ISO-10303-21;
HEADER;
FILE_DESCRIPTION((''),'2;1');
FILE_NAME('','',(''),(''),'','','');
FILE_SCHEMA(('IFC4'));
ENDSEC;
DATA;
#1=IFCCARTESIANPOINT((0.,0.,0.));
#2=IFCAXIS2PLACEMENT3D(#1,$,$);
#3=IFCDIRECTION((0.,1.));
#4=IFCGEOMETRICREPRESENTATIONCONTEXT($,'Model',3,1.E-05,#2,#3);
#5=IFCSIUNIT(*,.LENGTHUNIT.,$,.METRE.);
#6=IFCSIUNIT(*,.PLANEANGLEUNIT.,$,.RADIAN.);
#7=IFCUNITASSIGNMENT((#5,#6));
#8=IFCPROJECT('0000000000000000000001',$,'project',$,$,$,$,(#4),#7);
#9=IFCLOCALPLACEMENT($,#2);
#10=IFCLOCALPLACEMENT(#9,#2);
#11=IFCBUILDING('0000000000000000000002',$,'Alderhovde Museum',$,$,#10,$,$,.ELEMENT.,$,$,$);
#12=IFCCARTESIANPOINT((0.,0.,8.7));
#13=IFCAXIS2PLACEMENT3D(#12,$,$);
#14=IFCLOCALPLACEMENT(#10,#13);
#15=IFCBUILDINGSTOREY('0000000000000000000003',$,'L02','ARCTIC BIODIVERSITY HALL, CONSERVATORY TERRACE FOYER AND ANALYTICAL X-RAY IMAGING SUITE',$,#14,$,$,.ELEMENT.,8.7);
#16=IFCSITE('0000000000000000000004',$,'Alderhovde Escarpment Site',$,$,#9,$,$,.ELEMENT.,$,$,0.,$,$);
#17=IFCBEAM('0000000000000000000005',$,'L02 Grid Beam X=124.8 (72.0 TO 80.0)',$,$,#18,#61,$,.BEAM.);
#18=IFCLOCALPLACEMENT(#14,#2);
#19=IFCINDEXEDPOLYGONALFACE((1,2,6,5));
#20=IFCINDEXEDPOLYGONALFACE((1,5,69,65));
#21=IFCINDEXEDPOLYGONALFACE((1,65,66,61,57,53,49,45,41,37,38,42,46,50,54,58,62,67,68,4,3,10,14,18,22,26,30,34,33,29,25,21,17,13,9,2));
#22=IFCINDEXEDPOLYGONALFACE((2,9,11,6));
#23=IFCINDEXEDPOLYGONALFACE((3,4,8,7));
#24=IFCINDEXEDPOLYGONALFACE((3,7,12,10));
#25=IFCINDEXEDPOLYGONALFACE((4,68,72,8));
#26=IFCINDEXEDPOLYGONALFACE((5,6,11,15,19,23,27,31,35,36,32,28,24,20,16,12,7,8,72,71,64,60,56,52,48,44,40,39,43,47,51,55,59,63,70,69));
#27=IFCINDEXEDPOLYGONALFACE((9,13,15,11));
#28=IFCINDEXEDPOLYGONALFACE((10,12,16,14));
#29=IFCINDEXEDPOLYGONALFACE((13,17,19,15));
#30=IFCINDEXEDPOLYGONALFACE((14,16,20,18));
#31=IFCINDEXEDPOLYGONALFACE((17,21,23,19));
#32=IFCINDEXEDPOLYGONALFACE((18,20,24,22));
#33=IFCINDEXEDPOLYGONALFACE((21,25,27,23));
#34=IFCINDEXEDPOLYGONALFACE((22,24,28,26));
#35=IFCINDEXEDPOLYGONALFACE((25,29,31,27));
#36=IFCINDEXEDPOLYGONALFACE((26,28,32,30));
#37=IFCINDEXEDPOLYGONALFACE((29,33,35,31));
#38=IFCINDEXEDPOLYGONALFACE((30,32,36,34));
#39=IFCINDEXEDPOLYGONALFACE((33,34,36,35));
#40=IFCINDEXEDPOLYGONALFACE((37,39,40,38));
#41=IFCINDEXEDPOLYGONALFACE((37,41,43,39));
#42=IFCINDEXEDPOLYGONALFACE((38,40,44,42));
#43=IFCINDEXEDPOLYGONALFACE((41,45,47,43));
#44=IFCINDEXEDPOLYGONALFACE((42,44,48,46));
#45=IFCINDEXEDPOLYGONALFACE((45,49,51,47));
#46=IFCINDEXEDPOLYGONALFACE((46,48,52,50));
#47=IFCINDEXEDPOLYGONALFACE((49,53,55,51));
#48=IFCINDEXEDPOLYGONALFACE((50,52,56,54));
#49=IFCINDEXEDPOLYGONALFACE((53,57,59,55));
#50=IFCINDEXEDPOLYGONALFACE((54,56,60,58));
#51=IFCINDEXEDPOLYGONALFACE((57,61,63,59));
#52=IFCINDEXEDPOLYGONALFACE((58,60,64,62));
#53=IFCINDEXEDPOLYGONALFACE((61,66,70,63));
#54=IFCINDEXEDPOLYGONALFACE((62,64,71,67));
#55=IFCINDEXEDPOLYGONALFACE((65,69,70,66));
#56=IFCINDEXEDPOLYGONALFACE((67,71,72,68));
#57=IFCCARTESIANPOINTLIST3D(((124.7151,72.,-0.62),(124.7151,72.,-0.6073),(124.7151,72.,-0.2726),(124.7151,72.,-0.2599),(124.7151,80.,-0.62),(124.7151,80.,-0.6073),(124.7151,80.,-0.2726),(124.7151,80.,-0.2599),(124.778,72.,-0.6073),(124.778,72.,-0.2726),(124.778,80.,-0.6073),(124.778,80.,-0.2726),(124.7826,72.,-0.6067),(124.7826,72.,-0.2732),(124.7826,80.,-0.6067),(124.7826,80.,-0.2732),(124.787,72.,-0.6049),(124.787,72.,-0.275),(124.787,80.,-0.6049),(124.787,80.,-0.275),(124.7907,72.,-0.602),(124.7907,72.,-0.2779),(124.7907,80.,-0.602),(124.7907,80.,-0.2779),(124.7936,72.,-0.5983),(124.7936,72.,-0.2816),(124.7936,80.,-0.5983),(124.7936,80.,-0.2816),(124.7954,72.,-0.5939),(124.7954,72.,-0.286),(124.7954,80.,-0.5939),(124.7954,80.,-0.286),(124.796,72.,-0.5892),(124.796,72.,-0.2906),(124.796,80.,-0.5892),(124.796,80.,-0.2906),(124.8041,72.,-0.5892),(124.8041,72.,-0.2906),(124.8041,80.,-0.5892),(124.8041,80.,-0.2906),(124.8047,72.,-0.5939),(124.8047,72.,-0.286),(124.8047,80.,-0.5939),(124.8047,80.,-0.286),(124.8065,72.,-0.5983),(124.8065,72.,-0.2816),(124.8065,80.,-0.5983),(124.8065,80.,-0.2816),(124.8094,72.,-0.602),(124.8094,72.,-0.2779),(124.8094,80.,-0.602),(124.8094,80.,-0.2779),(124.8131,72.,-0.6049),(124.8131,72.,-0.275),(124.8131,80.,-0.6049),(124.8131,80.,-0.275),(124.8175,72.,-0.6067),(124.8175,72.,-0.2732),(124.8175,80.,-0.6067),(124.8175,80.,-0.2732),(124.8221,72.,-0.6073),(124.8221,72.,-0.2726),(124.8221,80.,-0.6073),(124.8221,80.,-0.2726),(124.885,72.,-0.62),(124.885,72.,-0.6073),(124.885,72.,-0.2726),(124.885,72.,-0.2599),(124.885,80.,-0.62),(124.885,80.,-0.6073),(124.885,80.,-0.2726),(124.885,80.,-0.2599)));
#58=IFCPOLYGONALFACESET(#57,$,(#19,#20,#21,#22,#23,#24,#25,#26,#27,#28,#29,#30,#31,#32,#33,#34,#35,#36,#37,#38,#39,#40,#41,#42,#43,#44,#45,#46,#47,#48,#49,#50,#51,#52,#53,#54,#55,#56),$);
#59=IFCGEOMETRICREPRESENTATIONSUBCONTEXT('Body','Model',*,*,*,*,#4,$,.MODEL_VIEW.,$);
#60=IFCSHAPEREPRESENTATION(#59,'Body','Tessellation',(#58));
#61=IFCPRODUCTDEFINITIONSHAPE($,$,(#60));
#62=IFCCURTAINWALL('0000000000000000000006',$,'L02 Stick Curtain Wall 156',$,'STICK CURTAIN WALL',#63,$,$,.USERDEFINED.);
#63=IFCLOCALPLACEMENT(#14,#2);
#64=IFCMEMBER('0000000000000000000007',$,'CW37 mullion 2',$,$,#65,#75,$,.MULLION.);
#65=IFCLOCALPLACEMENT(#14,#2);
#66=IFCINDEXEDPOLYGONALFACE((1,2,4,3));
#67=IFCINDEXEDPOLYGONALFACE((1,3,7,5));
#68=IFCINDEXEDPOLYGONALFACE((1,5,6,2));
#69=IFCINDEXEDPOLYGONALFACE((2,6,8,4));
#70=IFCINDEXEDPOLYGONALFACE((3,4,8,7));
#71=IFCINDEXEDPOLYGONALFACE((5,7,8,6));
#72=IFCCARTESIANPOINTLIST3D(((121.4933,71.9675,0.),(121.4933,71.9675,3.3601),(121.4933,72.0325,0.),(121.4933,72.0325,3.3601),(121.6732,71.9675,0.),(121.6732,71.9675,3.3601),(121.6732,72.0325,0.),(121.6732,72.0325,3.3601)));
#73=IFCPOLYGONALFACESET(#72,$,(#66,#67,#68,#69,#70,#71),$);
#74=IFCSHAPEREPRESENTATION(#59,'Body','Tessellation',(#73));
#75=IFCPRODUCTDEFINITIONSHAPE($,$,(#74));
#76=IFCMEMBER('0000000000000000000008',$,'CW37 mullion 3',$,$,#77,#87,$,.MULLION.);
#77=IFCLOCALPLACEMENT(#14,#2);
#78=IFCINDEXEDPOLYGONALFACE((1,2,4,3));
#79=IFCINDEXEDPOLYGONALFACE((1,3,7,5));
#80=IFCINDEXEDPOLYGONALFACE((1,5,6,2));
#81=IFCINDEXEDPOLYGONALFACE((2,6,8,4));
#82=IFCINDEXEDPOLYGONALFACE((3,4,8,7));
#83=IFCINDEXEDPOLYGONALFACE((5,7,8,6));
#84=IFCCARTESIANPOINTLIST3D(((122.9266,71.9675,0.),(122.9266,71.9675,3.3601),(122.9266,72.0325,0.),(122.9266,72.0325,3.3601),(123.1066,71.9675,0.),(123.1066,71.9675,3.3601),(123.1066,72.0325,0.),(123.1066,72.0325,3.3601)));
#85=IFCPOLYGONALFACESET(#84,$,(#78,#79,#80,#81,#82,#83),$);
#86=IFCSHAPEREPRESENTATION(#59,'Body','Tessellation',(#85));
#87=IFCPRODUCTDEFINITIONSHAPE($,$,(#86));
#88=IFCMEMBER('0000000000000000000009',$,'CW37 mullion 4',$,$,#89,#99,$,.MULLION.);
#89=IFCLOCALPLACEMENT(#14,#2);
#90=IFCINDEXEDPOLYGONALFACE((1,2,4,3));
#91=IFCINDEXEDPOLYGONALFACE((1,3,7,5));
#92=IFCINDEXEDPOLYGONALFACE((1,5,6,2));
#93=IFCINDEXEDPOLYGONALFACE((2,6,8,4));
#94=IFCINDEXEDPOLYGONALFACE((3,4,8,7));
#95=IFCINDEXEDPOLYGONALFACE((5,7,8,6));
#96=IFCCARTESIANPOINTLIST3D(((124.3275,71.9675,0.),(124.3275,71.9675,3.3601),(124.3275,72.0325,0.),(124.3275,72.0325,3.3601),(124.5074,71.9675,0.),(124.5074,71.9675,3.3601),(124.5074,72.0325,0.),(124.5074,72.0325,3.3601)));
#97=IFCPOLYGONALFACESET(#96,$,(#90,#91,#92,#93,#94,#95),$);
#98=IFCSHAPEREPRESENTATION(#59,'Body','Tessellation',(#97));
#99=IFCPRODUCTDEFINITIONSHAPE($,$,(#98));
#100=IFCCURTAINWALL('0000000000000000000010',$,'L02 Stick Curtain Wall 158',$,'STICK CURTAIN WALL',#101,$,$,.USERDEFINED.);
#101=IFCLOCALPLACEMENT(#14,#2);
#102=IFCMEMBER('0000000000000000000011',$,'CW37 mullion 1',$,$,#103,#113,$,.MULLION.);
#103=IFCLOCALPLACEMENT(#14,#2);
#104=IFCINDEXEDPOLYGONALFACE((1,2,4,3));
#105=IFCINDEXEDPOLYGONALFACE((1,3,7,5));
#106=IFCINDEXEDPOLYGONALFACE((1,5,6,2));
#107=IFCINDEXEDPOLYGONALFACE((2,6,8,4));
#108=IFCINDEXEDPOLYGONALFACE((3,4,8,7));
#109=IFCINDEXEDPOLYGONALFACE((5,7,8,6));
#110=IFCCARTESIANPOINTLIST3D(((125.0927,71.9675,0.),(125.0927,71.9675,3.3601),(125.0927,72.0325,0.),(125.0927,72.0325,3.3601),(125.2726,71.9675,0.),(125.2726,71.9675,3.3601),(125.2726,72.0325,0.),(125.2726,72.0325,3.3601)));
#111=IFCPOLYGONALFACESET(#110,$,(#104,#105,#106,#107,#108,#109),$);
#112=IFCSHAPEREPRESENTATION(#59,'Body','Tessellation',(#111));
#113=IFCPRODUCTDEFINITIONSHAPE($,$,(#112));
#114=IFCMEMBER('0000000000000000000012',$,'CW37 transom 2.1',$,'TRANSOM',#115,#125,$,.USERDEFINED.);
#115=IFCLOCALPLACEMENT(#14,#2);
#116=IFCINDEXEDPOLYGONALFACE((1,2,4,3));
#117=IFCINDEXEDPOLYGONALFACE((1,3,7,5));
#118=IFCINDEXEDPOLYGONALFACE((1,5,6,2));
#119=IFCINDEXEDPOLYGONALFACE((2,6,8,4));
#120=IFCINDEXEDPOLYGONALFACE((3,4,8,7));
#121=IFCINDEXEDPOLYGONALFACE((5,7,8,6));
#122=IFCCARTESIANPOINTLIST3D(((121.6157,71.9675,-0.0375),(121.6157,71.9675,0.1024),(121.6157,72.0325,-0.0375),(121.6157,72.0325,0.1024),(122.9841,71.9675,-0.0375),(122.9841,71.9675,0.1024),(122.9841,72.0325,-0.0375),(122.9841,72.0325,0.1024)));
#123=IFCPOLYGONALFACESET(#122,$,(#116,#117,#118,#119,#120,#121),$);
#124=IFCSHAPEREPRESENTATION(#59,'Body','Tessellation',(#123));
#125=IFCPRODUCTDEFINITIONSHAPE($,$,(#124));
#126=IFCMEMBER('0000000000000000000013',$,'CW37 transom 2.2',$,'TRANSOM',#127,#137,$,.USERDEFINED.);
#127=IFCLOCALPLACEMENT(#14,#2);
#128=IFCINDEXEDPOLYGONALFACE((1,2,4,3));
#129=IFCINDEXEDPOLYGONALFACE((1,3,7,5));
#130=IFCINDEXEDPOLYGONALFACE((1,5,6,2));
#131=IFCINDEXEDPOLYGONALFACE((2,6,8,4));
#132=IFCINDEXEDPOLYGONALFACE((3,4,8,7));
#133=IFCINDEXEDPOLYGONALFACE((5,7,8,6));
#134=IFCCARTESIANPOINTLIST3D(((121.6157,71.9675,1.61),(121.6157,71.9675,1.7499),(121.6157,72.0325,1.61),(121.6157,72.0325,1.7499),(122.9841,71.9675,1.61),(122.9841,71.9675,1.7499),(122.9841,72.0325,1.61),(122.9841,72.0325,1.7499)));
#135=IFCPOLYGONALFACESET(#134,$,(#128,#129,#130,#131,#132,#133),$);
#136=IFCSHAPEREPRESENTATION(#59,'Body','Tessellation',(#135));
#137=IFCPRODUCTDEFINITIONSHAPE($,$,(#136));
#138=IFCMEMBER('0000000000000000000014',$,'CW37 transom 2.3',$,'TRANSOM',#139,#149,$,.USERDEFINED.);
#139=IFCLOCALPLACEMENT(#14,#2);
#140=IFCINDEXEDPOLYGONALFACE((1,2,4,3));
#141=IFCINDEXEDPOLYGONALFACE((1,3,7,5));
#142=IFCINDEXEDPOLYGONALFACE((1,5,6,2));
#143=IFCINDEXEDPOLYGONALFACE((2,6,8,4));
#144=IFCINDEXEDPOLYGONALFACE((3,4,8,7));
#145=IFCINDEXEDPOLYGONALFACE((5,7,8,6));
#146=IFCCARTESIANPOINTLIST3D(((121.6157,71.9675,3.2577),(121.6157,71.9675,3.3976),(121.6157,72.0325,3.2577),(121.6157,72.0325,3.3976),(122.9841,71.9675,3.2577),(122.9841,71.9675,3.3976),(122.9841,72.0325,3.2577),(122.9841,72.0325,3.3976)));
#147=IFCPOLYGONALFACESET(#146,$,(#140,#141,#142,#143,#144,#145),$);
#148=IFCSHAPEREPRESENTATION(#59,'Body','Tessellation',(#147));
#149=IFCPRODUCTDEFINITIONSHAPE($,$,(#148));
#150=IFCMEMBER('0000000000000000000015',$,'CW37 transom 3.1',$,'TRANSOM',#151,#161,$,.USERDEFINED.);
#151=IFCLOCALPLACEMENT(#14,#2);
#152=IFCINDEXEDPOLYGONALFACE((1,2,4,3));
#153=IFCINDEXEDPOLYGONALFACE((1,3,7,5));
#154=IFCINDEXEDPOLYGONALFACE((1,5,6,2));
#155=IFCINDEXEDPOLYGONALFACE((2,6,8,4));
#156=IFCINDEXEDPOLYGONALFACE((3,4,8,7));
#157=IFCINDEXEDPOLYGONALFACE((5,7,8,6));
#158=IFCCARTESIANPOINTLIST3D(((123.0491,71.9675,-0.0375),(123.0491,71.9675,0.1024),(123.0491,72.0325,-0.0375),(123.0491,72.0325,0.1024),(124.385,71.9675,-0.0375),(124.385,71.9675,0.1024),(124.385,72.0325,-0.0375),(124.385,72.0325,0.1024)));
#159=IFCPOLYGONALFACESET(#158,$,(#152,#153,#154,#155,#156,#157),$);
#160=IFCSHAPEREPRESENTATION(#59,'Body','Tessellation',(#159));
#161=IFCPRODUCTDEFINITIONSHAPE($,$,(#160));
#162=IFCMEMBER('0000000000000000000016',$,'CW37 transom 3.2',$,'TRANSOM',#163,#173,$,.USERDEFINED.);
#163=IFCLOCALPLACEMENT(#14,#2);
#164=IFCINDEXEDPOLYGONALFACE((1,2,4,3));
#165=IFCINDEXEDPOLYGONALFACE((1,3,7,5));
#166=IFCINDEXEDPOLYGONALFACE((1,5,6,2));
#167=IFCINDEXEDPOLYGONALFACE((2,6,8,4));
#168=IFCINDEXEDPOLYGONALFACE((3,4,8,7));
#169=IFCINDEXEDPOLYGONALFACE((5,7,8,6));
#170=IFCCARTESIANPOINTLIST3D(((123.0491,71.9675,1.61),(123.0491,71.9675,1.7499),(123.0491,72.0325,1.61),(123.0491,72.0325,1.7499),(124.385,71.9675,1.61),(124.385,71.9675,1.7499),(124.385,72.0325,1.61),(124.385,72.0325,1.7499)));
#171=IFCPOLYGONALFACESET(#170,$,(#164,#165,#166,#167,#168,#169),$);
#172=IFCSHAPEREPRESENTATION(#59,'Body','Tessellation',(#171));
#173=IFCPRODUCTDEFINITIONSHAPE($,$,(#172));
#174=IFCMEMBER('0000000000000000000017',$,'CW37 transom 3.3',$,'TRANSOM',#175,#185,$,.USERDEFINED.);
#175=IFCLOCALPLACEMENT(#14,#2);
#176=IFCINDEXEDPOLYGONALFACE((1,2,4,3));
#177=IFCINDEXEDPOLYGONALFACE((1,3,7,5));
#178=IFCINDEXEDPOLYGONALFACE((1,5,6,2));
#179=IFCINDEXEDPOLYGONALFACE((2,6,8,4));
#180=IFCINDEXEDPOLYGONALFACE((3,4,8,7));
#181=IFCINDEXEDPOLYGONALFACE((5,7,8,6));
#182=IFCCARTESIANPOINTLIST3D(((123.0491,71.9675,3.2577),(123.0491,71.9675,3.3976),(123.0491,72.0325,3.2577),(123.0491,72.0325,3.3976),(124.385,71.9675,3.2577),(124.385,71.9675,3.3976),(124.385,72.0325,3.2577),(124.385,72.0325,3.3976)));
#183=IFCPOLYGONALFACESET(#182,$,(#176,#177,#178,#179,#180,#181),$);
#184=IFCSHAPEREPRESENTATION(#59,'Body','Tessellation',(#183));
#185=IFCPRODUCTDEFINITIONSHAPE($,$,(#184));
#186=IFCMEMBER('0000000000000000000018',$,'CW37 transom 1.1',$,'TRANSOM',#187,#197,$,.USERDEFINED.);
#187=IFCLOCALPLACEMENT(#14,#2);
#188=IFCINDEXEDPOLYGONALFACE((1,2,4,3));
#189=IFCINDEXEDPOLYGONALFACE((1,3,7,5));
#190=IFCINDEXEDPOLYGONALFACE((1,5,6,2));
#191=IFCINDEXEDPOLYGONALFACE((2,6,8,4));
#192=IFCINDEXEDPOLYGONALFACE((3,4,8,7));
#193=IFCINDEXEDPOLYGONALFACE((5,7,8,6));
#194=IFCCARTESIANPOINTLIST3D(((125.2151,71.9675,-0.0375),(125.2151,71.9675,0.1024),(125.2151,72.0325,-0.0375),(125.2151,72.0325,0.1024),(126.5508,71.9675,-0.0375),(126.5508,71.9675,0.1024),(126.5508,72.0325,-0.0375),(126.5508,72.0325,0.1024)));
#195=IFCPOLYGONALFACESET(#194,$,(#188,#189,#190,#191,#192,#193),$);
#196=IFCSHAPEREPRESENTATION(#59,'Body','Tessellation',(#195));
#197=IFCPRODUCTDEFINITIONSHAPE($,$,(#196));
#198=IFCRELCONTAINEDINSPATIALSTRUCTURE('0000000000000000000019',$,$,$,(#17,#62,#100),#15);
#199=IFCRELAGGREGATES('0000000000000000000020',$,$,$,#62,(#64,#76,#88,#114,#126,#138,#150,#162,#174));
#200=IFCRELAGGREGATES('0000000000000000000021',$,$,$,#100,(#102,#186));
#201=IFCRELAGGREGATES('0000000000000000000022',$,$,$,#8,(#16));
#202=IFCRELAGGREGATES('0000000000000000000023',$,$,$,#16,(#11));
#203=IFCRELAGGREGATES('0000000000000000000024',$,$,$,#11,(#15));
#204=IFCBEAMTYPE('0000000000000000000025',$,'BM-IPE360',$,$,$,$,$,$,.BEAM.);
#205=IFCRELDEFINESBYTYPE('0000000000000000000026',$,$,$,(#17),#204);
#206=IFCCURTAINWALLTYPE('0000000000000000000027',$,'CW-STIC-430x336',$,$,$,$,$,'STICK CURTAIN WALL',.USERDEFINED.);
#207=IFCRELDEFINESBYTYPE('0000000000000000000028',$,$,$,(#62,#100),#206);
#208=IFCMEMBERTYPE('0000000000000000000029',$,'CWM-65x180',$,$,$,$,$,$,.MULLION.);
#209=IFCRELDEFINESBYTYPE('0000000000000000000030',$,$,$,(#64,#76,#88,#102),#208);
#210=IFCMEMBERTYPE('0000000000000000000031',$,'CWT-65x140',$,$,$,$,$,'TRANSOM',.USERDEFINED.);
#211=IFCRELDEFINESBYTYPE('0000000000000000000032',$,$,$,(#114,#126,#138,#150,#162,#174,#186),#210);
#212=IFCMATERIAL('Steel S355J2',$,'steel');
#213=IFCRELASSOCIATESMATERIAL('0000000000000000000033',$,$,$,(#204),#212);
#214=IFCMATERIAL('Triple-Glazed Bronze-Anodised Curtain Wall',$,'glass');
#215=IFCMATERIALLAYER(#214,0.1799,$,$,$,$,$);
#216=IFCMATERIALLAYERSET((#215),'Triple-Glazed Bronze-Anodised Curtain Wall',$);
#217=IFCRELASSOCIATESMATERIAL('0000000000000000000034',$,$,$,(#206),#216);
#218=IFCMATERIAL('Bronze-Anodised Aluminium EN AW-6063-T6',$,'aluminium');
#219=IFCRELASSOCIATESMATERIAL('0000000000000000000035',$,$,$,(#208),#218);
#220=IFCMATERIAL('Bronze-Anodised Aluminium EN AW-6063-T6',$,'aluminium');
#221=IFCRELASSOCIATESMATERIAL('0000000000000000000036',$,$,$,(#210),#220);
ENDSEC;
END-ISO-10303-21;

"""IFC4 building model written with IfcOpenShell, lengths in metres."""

from ifc_helpers import new_model, si_unit, direction, frame, origin, origin_2d, place, context, subcontext, project, spatial, rectangle, i_section, extrude, material, layer, layer_set, material_profile, profile_set, type_object, element, aggregate, save


model = new_model("IFC4")

# Units and contexts
model_context = context("Model", 3, precision=1e-05, world=origin(), true_north=direction((0.0, 1.0)))
body_context = subcontext(model_context, "Body", "Model", "MODEL_VIEW")
ifc_project = project(units=[si_unit("LENGTHUNIT", "METRE"), si_unit("PLANEANGLEUNIT", "RADIAN")], contexts=[model_context])

# Site, building, storey
site_placement = place(None, origin())
site = spatial("IfcSite", under=ifc_project, at=site_placement, Name="Alderhovde Escarpment Site", CompositionType="ELEMENT", RefElevation=0.0)
building_placement = place(site_placement, origin())
building = spatial("IfcBuilding", under=site, at=building_placement, Name="Alderhovde Museum", CompositionType="ELEMENT")
storey_placement = place(building_placement, frame((0.0, 0.0, 8.7)))
storey = spatial("IfcBuildingStorey", under=building, at=storey_placement, Name="L02", Description="ARCTIC BIODIVERSITY HALL, CONSERVATORY TERRACE FOYER AND ANALYTICAL X-RAY IMAGING SUITE", CompositionType="ELEMENT", Elevation=8.7)

# Beam
ifc_material_1 = material(Name="Steel S355J2", Category="steel")
ifc_material_profile_1 = material_profile(ifc_material_1, i_section(OverallWidth=0.1699, OverallDepth=0.3601, WebThickness=0.0081, FlangeThickness=0.0127, FilletRadius=0.0181, at=origin_2d()), Name="IPE 360")
ifc_profile_set_1 = profile_set([ifc_material_profile_1], Name="Steel S355J2")
beam_type_1 = type_object("IfcBeamType", Name="BM-IPE360", PredefinedType="BEAM", material=ifc_profile_set_1)
beam_1_placement = place(storey_placement, frame((124.8, 72.0, -0.4399), z_axis=(0.0, 1.0, 0.0), x_axis=(-1.0, 0.0, 0.0)))
element("IfcBeam", 1, at=beam_1_placement, inside=storey, type_object=beam_type_1, Name="L02 Grid Beam X=124.8 (72.0 TO 80.0)", PredefinedType="BEAM", context=body_context, shape_type="SweptSolid", body=[
    extrude(i_section(OverallWidth=0.1699, OverallDepth=0.3601, WebThickness=0.0081, FlangeThickness=0.0127, FilletRadius=0.0181, at=origin_2d()), origin(), (0.0, 0.0, 1.0), 8.0),
])

# Curtain wall, members
ifc_material_2 = material(Name="Triple-Glazed Bronze-Anodised Curtain Wall", Category="glass")
ifc_layer_1 = layer(ifc_material_2, 0.1799)
ifc_layer_set_1 = layer_set([ifc_layer_1], Name="Triple-Glazed Bronze-Anodised Curtain Wall")
curtain_wall_type = type_object("IfcCurtainWallType", Name="CW-STIC-430x336", ElementType="STICK CURTAIN WALL", PredefinedType="USERDEFINED", material=ifc_layer_set_1)
curtain_wall_1_placement = place(storey_placement, origin())
curtain_wall_1 = element("IfcCurtainWall", 2, at=curtain_wall_1_placement, inside=storey, type_object=curtain_wall_type, Name="L02 Stick Curtain Wall 156", ObjectType="STICK CURTAIN WALL", PredefinedType="USERDEFINED")
ifc_material_3 = material(Name="Bronze-Anodised Aluminium EN AW-6063-T6", Category="aluminium")
ifc_material_profile_2 = material_profile(ifc_material_3, rectangle(XDim=0.0649, YDim=0.1799, at=origin_2d()), Name="MULLION 65x180")
ifc_profile_set_2 = profile_set([ifc_material_profile_2], Name="Bronze-Anodised Aluminium EN AW-6063-T6")
member_type_1 = type_object("IfcMemberType", Name="CWM-65x180", PredefinedType="MULLION", material=ifc_profile_set_2)
member_1_placement = place(storey_placement, frame((121.5833, 72.0, 0.0), z_axis=(0.0, 0.0, 1.0), x_axis=(0.0, 1.0, 0.0)))
member_1 = element("IfcMember", 3, at=member_1_placement, type_object=member_type_1, Name="CW37 mullion 2", PredefinedType="MULLION", context=body_context, shape_type="SweptSolid", body=[
    extrude(rectangle(XDim=0.0649, YDim=0.1799, at=origin_2d()), origin(), (0.0, 0.0, 1.0), 3.3601),
])
member_2_placement = place(storey_placement, frame((123.0166, 72.0, 0.0), z_axis=(0.0, 0.0, 1.0), x_axis=(0.0, 1.0, 0.0)))
member_2 = element("IfcMember", 4, at=member_2_placement, type_object=member_type_1, Name="CW37 mullion 3", PredefinedType="MULLION", context=body_context, shape_type="SweptSolid", body=[
    extrude(rectangle(XDim=0.0649, YDim=0.1799, at=origin_2d()), origin(), (0.0, 0.0, 1.0), 3.3601),
])
member_3_placement = place(storey_placement, frame((124.4175, 72.0, 0.0), z_axis=(0.0, 0.0, 1.0), x_axis=(0.0, 1.0, 0.0)))
member_3 = element("IfcMember", 5, at=member_3_placement, type_object=member_type_1, Name="CW37 mullion 4", PredefinedType="MULLION", context=body_context, shape_type="SweptSolid", body=[
    extrude(rectangle(XDim=0.0649, YDim=0.1799, at=origin_2d()), origin(), (0.0, 0.0, 1.0), 3.3601),
])

# Curtain wall, member
curtain_wall_2_placement = place(storey_placement, origin())
curtain_wall_2 = element("IfcCurtainWall", 6, at=curtain_wall_2_placement, inside=storey, type_object=curtain_wall_type, Name="L02 Stick Curtain Wall 158", ObjectType="STICK CURTAIN WALL", PredefinedType="USERDEFINED")
member_4_placement = place(storey_placement, frame((125.1826, 72.0, 0.0), z_axis=(0.0, 0.0, 1.0), x_axis=(0.0, 1.0, 0.0)))
member_4 = element("IfcMember", 7, at=member_4_placement, type_object=member_type_1, Name="CW37 mullion 1", PredefinedType="MULLION", context=body_context, shape_type="SweptSolid", body=[
    extrude(rectangle(XDim=0.0649, YDim=0.1799, at=origin_2d()), origin(), (0.0, 0.0, 1.0), 3.3601),
])

# Members
ifc_material_4 = material(Name="Bronze-Anodised Aluminium EN AW-6063-T6", Category="aluminium")
ifc_material_profile_3 = material_profile(ifc_material_4, rectangle(XDim=0.0649, YDim=0.1399, at=origin_2d()), Name="TRANSOM 65x140")
ifc_profile_set_3 = profile_set([ifc_material_profile_3], Name="Bronze-Anodised Aluminium EN AW-6063-T6")
member_type_2 = type_object("IfcMemberType", Name="CWT-65x140", ElementType="TRANSOM", PredefinedType="USERDEFINED", material=ifc_profile_set_3)
member_5_placement = place(storey_placement, frame((121.6157, 72.0, 0.0325), z_axis=(1.0, 0.0, 0.0), x_axis=(0.0, 1.0, 0.0)))
member_5 = element("IfcMember", 8, at=member_5_placement, type_object=member_type_2, Name="CW37 transom 2.1", ObjectType="TRANSOM", PredefinedType="USERDEFINED", context=body_context, shape_type="SweptSolid", body=[
    extrude(rectangle(XDim=0.0649, YDim=0.1399, at=origin_2d()), origin(), (0.0, 0.0, 1.0), 1.3684),
])
member_6_placement = place(storey_placement, frame((121.6157, 72.0, 1.6799), z_axis=(1.0, 0.0, 0.0), x_axis=(0.0, 1.0, 0.0)))
member_6 = element("IfcMember", 9, at=member_6_placement, type_object=member_type_2, Name="CW37 transom 2.2", ObjectType="TRANSOM", PredefinedType="USERDEFINED", context=body_context, shape_type="SweptSolid", body=[
    extrude(rectangle(XDim=0.0649, YDim=0.1399, at=origin_2d()), origin(), (0.0, 0.0, 1.0), 1.3684),
])
member_7_placement = place(storey_placement, frame((121.6157, 72.0, 3.3276), z_axis=(1.0, 0.0, 0.0), x_axis=(0.0, 1.0, 0.0)))
member_7 = element("IfcMember", 10, at=member_7_placement, type_object=member_type_2, Name="CW37 transom 2.3", ObjectType="TRANSOM", PredefinedType="USERDEFINED", context=body_context, shape_type="SweptSolid", body=[
    extrude(rectangle(XDim=0.0649, YDim=0.1399, at=origin_2d()), origin(), (0.0, 0.0, 1.0), 1.3684),
])
member_8_placement = place(storey_placement, frame((123.0491, 72.0, 0.0325), z_axis=(1.0, 0.0, 0.0), x_axis=(0.0, 1.0, 0.0)))
member_8 = element("IfcMember", 11, at=member_8_placement, type_object=member_type_2, Name="CW37 transom 3.1", ObjectType="TRANSOM", PredefinedType="USERDEFINED", context=body_context, shape_type="SweptSolid", body=[
    extrude(rectangle(XDim=0.0649, YDim=0.1399, at=origin_2d()), origin(), (0.0, 0.0, 1.0), 1.3359),
])
member_9_placement = place(storey_placement, frame((123.0491, 72.0, 1.6799), z_axis=(1.0, 0.0, 0.0), x_axis=(0.0, 1.0, 0.0)))
member_9 = element("IfcMember", 12, at=member_9_placement, type_object=member_type_2, Name="CW37 transom 3.2", ObjectType="TRANSOM", PredefinedType="USERDEFINED", context=body_context, shape_type="SweptSolid", body=[
    extrude(rectangle(XDim=0.0649, YDim=0.1399, at=origin_2d()), origin(), (0.0, 0.0, 1.0), 1.3359),
])
member_10_placement = place(storey_placement, frame((123.0491, 72.0, 3.3276), z_axis=(1.0, 0.0, 0.0), x_axis=(0.0, 1.0, 0.0)))
member_10 = element("IfcMember", 13, at=member_10_placement, type_object=member_type_2, Name="CW37 transom 3.3", ObjectType="TRANSOM", PredefinedType="USERDEFINED", context=body_context, shape_type="SweptSolid", body=[
    extrude(rectangle(XDim=0.0649, YDim=0.1399, at=origin_2d()), origin(), (0.0, 0.0, 1.0), 1.3359),
])
member_11_placement = place(storey_placement, frame((125.2151, 72.0, 0.0325), z_axis=(1.0, 0.0, 0.0), x_axis=(0.0, 1.0, 0.0)))
member_11 = element("IfcMember", 14, at=member_11_placement, type_object=member_type_2, Name="CW37 transom 1.1", ObjectType="TRANSOM", PredefinedType="USERDEFINED", context=body_context, shape_type="SweptSolid", body=[
    extrude(rectangle(XDim=0.0649, YDim=0.1399, at=origin_2d()), origin(), (0.0, 0.0, 1.0), 1.3357),
])

aggregate(curtain_wall_1, [member_1, member_2, member_3, member_5, member_6, member_7, member_8, member_9, member_10])
aggregate(curtain_wall_2, [member_4, member_11])

save(model, "model.ifc")
